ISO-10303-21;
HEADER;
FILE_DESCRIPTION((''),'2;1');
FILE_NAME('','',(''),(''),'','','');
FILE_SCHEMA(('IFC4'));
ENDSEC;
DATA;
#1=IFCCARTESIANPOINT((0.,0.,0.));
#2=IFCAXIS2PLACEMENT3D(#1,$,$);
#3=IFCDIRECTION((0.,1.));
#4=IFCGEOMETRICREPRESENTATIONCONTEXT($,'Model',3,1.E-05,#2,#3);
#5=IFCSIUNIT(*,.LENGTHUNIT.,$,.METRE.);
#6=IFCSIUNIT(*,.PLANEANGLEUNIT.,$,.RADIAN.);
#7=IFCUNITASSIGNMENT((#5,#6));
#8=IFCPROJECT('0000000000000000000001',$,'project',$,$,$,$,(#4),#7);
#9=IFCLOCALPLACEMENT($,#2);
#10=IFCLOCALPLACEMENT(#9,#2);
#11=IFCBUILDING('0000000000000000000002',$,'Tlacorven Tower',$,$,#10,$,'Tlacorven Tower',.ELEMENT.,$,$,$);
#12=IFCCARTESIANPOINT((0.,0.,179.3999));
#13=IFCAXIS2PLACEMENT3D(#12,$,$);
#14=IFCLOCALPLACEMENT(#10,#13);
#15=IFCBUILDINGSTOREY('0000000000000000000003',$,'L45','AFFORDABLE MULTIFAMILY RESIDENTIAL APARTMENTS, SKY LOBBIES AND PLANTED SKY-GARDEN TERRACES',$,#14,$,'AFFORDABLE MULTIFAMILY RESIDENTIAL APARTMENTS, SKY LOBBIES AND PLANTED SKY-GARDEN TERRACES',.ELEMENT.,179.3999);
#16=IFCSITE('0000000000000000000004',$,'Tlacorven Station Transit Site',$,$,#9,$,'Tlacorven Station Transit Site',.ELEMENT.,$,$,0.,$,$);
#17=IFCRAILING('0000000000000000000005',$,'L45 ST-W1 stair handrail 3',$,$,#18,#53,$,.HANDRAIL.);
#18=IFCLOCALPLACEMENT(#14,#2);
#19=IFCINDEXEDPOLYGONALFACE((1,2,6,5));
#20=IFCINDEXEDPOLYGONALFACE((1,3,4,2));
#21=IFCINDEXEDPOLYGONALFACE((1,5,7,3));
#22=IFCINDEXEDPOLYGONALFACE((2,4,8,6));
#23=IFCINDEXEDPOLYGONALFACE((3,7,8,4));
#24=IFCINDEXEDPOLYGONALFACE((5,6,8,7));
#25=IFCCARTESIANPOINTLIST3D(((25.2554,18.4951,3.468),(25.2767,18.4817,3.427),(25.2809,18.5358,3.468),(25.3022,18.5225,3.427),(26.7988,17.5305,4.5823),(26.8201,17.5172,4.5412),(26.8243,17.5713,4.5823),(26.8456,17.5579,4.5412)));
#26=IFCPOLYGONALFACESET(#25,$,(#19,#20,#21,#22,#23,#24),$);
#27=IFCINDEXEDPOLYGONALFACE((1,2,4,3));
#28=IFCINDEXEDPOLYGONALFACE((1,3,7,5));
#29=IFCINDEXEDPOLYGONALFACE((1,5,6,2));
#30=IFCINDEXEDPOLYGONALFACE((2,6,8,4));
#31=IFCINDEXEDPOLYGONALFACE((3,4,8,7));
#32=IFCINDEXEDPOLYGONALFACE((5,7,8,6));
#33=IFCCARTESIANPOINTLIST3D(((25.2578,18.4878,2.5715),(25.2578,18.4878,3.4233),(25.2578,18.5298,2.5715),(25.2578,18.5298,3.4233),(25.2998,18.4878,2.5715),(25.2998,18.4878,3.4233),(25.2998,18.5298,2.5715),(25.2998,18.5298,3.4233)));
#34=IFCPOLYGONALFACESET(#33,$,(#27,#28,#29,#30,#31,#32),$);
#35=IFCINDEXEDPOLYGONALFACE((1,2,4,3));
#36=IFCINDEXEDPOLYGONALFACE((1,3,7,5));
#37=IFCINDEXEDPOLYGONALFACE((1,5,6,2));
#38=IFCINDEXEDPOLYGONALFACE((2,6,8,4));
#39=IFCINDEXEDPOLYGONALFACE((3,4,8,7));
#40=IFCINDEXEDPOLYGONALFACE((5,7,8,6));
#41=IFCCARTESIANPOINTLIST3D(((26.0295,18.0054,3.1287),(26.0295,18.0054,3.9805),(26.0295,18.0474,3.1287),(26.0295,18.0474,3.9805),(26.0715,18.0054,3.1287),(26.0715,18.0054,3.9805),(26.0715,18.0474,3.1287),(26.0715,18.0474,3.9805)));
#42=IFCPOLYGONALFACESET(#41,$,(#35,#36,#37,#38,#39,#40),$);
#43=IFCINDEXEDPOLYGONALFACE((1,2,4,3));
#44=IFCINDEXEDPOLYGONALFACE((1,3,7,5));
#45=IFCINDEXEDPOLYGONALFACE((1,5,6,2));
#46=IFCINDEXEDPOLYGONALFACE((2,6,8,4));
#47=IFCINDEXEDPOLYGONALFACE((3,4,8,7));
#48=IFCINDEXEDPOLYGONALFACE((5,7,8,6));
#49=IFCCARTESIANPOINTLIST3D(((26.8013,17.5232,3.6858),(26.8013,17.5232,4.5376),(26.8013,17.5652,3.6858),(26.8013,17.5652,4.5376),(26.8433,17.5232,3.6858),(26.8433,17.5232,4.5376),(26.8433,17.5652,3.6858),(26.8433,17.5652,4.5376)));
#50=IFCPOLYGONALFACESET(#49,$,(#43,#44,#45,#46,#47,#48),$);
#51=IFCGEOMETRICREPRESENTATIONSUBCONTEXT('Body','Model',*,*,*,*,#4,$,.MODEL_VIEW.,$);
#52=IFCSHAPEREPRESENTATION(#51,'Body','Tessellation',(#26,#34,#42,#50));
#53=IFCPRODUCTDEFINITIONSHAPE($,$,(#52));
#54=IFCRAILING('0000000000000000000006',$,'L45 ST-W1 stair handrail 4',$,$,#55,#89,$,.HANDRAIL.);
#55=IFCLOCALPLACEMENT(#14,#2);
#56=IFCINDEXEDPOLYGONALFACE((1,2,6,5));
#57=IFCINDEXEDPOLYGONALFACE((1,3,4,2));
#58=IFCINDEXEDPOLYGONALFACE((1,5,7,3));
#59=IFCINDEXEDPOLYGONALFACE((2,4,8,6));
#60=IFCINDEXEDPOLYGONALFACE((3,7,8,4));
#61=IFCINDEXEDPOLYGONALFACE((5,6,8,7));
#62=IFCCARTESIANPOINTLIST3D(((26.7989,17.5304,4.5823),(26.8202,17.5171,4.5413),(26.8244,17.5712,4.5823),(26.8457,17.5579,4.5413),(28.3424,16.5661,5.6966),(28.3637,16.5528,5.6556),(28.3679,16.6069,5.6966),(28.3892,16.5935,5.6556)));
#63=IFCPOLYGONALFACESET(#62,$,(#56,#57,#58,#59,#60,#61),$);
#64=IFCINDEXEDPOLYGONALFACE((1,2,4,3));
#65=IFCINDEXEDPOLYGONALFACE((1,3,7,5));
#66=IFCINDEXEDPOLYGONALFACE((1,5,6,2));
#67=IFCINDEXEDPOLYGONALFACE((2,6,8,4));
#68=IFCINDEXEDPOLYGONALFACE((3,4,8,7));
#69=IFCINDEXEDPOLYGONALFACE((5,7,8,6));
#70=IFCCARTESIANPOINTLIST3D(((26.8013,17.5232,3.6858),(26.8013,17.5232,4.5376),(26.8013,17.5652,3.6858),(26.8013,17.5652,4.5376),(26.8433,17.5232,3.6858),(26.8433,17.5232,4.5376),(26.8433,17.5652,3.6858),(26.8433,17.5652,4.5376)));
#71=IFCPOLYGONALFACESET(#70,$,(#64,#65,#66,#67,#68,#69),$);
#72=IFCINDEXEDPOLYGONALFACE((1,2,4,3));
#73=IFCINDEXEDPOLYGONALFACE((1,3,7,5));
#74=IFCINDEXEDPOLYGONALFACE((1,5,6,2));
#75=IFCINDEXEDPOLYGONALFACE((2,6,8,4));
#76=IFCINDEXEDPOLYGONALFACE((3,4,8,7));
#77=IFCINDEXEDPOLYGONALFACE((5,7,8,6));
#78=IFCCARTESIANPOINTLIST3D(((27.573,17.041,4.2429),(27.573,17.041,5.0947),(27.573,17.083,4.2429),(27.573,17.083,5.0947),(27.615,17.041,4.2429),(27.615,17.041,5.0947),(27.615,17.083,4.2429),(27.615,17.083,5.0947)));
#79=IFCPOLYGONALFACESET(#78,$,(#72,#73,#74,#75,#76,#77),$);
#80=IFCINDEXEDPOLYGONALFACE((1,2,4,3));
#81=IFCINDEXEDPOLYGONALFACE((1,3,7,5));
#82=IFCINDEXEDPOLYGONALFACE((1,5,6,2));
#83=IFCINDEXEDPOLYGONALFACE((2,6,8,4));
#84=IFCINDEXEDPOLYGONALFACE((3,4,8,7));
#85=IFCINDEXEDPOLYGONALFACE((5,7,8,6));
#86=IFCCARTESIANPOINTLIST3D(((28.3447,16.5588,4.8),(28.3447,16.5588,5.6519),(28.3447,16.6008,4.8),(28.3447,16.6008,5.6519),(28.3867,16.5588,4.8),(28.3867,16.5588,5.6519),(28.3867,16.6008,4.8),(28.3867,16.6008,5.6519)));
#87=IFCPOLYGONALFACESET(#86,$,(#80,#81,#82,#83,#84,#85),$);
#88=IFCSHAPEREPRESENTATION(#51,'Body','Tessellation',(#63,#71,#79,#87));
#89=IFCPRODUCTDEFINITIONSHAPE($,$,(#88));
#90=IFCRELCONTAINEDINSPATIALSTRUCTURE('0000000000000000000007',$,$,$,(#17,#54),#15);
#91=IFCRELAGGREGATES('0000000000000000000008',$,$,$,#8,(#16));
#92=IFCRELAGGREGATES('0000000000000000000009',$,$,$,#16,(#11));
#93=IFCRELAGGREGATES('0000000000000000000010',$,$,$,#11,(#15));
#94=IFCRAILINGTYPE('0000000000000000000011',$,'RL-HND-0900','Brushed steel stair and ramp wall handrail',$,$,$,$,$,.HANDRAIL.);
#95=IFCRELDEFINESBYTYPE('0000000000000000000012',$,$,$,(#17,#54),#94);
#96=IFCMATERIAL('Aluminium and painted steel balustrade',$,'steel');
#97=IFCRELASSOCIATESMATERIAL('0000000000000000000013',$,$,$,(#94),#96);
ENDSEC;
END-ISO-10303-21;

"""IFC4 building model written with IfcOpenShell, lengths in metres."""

from ifc_helpers import new_model, si_unit, direction, frame, origin, origin_2d, place, context, subcontext, project, spatial, rectangle, extrude, source, transform, mapped, material, type_object, element, save


model = new_model("IFC4")

# Units and contexts
model_context = context("Model", 3, precision=1e-05, world=origin(), true_north=direction((0.0, 1.0)))
body_context = subcontext(model_context, "Body", "Model", "MODEL_VIEW")
ifc_project = project(units=[si_unit("LENGTHUNIT", "METRE"), si_unit("PLANEANGLEUNIT", "RADIAN")], contexts=[model_context])

# Site, building, storey
site_placement = place(None, origin())
site = spatial("IfcSite", under=ifc_project, at=site_placement, Name="Tlacorven Station Transit Site", LongName="Tlacorven Station Transit Site", CompositionType="ELEMENT", RefElevation=0.0)
building_placement = place(site_placement, origin())
building = spatial("IfcBuilding", under=site, at=building_placement, Name="Tlacorven Tower", LongName="Tlacorven Tower", CompositionType="ELEMENT")
storey_placement = place(building_placement, frame((0.0, 0.0, 179.3999)))
storey = spatial("IfcBuildingStorey", under=building, at=storey_placement, Name="L45", Description="AFFORDABLE MULTIFAMILY RESIDENTIAL APARTMENTS, SKY LOBBIES AND PLANTED SKY-GARDEN TERRACES", LongName="AFFORDABLE MULTIFAMILY RESIDENTIAL APARTMENTS, SKY LOBBIES AND PLANTED SKY-GARDEN TERRACES", CompositionType="ELEMENT", Elevation=179.3999)

# Railings
ifc_material_1 = material(Name="Aluminium and painted steel balustrade", Category="steel")
railing_type_1 = type_object("IfcRailingType", Name="RL-HND-0900", Description="Brushed steel stair and ramp wall handrail", PredefinedType="HANDRAIL", material=ifc_material_1)
shared_shape_1 = source(origin(), body_context, "Body", "SweptSolid", [
    extrude(rectangle(XDim=0.0481, YDim=0.0481, at=origin_2d()), frame((0.0, 0.0, 0.876), z_axis=(0.723244, -0.451999, 0.522126), x_axis=(0.529975, 0.848013, 0.0)), (0.0, 0.0, 1.0), 2.134),
    extrude(rectangle(XDim=0.042, YDim=0.042, at=origin_2d()), origin(), (0.0, 0.0, 1.0), 0.8518),
    extrude(rectangle(XDim=0.042, YDim=0.042, at=origin_2d()), frame((0.7717, -0.4824, 0.5571)), (0.0, 0.0, 1.0), 0.8518),
    extrude(rectangle(XDim=0.042, YDim=0.042, at=origin_2d()), frame((1.5435, -0.9646, 1.1143)), (0.0, 0.0, 1.0), 0.8518),
])
railing_1_placement = place(storey_placement, frame((25.2788, 18.5088, 2.5715)))
element("IfcRailing", 1, at=railing_1_placement, inside=storey, type_object=railing_type_1, Name="L45 ST-W1 stair handrail 3", PredefinedType="HANDRAIL", context=body_context, shape_type="MappedRepresentation", body=[
    mapped(shared_shape_1, transform((0.0, 0.0, 0.0), scale=1.0)),
])
shared_shape_2 = source(origin(), body_context, "Body", "SweptSolid", [
    extrude(rectangle(XDim=0.0481, YDim=0.0481, at=origin_2d()), frame((0.0, 0.0, 0.876), z_axis=(0.723281, -0.451908, 0.522153), x_axis=(0.529878, 0.848074, 0.0)), (0.0, 0.0, 1.0), 2.134),
    extrude(rectangle(XDim=0.042, YDim=0.042, at=origin_2d()), origin(), (0.0, 0.0, 1.0), 0.8518),
    extrude(rectangle(XDim=0.042, YDim=0.042, at=origin_2d()), frame((0.7717, -0.4822, 0.5571)), (0.0, 0.0, 1.0), 0.8518),
    extrude(rectangle(XDim=0.042, YDim=0.042, at=origin_2d()), frame((1.5435, -0.9644, 1.1143)), (0.0, 0.0, 1.0), 0.8518),
])
railing_2_placement = place(storey_placement, frame((26.8223, 17.5442, 3.6858)))
element("IfcRailing", 2, at=railing_2_placement, inside=storey, type_object=railing_type_1, Name="L45 ST-W1 stair handrail 4", PredefinedType="HANDRAIL", context=body_context, shape_type="MappedRepresentation", body=[
    mapped(shared_shape_2, transform((0.0, 0.0, 0.0), scale=1.0)),
])

save(model, "model.ifc")
